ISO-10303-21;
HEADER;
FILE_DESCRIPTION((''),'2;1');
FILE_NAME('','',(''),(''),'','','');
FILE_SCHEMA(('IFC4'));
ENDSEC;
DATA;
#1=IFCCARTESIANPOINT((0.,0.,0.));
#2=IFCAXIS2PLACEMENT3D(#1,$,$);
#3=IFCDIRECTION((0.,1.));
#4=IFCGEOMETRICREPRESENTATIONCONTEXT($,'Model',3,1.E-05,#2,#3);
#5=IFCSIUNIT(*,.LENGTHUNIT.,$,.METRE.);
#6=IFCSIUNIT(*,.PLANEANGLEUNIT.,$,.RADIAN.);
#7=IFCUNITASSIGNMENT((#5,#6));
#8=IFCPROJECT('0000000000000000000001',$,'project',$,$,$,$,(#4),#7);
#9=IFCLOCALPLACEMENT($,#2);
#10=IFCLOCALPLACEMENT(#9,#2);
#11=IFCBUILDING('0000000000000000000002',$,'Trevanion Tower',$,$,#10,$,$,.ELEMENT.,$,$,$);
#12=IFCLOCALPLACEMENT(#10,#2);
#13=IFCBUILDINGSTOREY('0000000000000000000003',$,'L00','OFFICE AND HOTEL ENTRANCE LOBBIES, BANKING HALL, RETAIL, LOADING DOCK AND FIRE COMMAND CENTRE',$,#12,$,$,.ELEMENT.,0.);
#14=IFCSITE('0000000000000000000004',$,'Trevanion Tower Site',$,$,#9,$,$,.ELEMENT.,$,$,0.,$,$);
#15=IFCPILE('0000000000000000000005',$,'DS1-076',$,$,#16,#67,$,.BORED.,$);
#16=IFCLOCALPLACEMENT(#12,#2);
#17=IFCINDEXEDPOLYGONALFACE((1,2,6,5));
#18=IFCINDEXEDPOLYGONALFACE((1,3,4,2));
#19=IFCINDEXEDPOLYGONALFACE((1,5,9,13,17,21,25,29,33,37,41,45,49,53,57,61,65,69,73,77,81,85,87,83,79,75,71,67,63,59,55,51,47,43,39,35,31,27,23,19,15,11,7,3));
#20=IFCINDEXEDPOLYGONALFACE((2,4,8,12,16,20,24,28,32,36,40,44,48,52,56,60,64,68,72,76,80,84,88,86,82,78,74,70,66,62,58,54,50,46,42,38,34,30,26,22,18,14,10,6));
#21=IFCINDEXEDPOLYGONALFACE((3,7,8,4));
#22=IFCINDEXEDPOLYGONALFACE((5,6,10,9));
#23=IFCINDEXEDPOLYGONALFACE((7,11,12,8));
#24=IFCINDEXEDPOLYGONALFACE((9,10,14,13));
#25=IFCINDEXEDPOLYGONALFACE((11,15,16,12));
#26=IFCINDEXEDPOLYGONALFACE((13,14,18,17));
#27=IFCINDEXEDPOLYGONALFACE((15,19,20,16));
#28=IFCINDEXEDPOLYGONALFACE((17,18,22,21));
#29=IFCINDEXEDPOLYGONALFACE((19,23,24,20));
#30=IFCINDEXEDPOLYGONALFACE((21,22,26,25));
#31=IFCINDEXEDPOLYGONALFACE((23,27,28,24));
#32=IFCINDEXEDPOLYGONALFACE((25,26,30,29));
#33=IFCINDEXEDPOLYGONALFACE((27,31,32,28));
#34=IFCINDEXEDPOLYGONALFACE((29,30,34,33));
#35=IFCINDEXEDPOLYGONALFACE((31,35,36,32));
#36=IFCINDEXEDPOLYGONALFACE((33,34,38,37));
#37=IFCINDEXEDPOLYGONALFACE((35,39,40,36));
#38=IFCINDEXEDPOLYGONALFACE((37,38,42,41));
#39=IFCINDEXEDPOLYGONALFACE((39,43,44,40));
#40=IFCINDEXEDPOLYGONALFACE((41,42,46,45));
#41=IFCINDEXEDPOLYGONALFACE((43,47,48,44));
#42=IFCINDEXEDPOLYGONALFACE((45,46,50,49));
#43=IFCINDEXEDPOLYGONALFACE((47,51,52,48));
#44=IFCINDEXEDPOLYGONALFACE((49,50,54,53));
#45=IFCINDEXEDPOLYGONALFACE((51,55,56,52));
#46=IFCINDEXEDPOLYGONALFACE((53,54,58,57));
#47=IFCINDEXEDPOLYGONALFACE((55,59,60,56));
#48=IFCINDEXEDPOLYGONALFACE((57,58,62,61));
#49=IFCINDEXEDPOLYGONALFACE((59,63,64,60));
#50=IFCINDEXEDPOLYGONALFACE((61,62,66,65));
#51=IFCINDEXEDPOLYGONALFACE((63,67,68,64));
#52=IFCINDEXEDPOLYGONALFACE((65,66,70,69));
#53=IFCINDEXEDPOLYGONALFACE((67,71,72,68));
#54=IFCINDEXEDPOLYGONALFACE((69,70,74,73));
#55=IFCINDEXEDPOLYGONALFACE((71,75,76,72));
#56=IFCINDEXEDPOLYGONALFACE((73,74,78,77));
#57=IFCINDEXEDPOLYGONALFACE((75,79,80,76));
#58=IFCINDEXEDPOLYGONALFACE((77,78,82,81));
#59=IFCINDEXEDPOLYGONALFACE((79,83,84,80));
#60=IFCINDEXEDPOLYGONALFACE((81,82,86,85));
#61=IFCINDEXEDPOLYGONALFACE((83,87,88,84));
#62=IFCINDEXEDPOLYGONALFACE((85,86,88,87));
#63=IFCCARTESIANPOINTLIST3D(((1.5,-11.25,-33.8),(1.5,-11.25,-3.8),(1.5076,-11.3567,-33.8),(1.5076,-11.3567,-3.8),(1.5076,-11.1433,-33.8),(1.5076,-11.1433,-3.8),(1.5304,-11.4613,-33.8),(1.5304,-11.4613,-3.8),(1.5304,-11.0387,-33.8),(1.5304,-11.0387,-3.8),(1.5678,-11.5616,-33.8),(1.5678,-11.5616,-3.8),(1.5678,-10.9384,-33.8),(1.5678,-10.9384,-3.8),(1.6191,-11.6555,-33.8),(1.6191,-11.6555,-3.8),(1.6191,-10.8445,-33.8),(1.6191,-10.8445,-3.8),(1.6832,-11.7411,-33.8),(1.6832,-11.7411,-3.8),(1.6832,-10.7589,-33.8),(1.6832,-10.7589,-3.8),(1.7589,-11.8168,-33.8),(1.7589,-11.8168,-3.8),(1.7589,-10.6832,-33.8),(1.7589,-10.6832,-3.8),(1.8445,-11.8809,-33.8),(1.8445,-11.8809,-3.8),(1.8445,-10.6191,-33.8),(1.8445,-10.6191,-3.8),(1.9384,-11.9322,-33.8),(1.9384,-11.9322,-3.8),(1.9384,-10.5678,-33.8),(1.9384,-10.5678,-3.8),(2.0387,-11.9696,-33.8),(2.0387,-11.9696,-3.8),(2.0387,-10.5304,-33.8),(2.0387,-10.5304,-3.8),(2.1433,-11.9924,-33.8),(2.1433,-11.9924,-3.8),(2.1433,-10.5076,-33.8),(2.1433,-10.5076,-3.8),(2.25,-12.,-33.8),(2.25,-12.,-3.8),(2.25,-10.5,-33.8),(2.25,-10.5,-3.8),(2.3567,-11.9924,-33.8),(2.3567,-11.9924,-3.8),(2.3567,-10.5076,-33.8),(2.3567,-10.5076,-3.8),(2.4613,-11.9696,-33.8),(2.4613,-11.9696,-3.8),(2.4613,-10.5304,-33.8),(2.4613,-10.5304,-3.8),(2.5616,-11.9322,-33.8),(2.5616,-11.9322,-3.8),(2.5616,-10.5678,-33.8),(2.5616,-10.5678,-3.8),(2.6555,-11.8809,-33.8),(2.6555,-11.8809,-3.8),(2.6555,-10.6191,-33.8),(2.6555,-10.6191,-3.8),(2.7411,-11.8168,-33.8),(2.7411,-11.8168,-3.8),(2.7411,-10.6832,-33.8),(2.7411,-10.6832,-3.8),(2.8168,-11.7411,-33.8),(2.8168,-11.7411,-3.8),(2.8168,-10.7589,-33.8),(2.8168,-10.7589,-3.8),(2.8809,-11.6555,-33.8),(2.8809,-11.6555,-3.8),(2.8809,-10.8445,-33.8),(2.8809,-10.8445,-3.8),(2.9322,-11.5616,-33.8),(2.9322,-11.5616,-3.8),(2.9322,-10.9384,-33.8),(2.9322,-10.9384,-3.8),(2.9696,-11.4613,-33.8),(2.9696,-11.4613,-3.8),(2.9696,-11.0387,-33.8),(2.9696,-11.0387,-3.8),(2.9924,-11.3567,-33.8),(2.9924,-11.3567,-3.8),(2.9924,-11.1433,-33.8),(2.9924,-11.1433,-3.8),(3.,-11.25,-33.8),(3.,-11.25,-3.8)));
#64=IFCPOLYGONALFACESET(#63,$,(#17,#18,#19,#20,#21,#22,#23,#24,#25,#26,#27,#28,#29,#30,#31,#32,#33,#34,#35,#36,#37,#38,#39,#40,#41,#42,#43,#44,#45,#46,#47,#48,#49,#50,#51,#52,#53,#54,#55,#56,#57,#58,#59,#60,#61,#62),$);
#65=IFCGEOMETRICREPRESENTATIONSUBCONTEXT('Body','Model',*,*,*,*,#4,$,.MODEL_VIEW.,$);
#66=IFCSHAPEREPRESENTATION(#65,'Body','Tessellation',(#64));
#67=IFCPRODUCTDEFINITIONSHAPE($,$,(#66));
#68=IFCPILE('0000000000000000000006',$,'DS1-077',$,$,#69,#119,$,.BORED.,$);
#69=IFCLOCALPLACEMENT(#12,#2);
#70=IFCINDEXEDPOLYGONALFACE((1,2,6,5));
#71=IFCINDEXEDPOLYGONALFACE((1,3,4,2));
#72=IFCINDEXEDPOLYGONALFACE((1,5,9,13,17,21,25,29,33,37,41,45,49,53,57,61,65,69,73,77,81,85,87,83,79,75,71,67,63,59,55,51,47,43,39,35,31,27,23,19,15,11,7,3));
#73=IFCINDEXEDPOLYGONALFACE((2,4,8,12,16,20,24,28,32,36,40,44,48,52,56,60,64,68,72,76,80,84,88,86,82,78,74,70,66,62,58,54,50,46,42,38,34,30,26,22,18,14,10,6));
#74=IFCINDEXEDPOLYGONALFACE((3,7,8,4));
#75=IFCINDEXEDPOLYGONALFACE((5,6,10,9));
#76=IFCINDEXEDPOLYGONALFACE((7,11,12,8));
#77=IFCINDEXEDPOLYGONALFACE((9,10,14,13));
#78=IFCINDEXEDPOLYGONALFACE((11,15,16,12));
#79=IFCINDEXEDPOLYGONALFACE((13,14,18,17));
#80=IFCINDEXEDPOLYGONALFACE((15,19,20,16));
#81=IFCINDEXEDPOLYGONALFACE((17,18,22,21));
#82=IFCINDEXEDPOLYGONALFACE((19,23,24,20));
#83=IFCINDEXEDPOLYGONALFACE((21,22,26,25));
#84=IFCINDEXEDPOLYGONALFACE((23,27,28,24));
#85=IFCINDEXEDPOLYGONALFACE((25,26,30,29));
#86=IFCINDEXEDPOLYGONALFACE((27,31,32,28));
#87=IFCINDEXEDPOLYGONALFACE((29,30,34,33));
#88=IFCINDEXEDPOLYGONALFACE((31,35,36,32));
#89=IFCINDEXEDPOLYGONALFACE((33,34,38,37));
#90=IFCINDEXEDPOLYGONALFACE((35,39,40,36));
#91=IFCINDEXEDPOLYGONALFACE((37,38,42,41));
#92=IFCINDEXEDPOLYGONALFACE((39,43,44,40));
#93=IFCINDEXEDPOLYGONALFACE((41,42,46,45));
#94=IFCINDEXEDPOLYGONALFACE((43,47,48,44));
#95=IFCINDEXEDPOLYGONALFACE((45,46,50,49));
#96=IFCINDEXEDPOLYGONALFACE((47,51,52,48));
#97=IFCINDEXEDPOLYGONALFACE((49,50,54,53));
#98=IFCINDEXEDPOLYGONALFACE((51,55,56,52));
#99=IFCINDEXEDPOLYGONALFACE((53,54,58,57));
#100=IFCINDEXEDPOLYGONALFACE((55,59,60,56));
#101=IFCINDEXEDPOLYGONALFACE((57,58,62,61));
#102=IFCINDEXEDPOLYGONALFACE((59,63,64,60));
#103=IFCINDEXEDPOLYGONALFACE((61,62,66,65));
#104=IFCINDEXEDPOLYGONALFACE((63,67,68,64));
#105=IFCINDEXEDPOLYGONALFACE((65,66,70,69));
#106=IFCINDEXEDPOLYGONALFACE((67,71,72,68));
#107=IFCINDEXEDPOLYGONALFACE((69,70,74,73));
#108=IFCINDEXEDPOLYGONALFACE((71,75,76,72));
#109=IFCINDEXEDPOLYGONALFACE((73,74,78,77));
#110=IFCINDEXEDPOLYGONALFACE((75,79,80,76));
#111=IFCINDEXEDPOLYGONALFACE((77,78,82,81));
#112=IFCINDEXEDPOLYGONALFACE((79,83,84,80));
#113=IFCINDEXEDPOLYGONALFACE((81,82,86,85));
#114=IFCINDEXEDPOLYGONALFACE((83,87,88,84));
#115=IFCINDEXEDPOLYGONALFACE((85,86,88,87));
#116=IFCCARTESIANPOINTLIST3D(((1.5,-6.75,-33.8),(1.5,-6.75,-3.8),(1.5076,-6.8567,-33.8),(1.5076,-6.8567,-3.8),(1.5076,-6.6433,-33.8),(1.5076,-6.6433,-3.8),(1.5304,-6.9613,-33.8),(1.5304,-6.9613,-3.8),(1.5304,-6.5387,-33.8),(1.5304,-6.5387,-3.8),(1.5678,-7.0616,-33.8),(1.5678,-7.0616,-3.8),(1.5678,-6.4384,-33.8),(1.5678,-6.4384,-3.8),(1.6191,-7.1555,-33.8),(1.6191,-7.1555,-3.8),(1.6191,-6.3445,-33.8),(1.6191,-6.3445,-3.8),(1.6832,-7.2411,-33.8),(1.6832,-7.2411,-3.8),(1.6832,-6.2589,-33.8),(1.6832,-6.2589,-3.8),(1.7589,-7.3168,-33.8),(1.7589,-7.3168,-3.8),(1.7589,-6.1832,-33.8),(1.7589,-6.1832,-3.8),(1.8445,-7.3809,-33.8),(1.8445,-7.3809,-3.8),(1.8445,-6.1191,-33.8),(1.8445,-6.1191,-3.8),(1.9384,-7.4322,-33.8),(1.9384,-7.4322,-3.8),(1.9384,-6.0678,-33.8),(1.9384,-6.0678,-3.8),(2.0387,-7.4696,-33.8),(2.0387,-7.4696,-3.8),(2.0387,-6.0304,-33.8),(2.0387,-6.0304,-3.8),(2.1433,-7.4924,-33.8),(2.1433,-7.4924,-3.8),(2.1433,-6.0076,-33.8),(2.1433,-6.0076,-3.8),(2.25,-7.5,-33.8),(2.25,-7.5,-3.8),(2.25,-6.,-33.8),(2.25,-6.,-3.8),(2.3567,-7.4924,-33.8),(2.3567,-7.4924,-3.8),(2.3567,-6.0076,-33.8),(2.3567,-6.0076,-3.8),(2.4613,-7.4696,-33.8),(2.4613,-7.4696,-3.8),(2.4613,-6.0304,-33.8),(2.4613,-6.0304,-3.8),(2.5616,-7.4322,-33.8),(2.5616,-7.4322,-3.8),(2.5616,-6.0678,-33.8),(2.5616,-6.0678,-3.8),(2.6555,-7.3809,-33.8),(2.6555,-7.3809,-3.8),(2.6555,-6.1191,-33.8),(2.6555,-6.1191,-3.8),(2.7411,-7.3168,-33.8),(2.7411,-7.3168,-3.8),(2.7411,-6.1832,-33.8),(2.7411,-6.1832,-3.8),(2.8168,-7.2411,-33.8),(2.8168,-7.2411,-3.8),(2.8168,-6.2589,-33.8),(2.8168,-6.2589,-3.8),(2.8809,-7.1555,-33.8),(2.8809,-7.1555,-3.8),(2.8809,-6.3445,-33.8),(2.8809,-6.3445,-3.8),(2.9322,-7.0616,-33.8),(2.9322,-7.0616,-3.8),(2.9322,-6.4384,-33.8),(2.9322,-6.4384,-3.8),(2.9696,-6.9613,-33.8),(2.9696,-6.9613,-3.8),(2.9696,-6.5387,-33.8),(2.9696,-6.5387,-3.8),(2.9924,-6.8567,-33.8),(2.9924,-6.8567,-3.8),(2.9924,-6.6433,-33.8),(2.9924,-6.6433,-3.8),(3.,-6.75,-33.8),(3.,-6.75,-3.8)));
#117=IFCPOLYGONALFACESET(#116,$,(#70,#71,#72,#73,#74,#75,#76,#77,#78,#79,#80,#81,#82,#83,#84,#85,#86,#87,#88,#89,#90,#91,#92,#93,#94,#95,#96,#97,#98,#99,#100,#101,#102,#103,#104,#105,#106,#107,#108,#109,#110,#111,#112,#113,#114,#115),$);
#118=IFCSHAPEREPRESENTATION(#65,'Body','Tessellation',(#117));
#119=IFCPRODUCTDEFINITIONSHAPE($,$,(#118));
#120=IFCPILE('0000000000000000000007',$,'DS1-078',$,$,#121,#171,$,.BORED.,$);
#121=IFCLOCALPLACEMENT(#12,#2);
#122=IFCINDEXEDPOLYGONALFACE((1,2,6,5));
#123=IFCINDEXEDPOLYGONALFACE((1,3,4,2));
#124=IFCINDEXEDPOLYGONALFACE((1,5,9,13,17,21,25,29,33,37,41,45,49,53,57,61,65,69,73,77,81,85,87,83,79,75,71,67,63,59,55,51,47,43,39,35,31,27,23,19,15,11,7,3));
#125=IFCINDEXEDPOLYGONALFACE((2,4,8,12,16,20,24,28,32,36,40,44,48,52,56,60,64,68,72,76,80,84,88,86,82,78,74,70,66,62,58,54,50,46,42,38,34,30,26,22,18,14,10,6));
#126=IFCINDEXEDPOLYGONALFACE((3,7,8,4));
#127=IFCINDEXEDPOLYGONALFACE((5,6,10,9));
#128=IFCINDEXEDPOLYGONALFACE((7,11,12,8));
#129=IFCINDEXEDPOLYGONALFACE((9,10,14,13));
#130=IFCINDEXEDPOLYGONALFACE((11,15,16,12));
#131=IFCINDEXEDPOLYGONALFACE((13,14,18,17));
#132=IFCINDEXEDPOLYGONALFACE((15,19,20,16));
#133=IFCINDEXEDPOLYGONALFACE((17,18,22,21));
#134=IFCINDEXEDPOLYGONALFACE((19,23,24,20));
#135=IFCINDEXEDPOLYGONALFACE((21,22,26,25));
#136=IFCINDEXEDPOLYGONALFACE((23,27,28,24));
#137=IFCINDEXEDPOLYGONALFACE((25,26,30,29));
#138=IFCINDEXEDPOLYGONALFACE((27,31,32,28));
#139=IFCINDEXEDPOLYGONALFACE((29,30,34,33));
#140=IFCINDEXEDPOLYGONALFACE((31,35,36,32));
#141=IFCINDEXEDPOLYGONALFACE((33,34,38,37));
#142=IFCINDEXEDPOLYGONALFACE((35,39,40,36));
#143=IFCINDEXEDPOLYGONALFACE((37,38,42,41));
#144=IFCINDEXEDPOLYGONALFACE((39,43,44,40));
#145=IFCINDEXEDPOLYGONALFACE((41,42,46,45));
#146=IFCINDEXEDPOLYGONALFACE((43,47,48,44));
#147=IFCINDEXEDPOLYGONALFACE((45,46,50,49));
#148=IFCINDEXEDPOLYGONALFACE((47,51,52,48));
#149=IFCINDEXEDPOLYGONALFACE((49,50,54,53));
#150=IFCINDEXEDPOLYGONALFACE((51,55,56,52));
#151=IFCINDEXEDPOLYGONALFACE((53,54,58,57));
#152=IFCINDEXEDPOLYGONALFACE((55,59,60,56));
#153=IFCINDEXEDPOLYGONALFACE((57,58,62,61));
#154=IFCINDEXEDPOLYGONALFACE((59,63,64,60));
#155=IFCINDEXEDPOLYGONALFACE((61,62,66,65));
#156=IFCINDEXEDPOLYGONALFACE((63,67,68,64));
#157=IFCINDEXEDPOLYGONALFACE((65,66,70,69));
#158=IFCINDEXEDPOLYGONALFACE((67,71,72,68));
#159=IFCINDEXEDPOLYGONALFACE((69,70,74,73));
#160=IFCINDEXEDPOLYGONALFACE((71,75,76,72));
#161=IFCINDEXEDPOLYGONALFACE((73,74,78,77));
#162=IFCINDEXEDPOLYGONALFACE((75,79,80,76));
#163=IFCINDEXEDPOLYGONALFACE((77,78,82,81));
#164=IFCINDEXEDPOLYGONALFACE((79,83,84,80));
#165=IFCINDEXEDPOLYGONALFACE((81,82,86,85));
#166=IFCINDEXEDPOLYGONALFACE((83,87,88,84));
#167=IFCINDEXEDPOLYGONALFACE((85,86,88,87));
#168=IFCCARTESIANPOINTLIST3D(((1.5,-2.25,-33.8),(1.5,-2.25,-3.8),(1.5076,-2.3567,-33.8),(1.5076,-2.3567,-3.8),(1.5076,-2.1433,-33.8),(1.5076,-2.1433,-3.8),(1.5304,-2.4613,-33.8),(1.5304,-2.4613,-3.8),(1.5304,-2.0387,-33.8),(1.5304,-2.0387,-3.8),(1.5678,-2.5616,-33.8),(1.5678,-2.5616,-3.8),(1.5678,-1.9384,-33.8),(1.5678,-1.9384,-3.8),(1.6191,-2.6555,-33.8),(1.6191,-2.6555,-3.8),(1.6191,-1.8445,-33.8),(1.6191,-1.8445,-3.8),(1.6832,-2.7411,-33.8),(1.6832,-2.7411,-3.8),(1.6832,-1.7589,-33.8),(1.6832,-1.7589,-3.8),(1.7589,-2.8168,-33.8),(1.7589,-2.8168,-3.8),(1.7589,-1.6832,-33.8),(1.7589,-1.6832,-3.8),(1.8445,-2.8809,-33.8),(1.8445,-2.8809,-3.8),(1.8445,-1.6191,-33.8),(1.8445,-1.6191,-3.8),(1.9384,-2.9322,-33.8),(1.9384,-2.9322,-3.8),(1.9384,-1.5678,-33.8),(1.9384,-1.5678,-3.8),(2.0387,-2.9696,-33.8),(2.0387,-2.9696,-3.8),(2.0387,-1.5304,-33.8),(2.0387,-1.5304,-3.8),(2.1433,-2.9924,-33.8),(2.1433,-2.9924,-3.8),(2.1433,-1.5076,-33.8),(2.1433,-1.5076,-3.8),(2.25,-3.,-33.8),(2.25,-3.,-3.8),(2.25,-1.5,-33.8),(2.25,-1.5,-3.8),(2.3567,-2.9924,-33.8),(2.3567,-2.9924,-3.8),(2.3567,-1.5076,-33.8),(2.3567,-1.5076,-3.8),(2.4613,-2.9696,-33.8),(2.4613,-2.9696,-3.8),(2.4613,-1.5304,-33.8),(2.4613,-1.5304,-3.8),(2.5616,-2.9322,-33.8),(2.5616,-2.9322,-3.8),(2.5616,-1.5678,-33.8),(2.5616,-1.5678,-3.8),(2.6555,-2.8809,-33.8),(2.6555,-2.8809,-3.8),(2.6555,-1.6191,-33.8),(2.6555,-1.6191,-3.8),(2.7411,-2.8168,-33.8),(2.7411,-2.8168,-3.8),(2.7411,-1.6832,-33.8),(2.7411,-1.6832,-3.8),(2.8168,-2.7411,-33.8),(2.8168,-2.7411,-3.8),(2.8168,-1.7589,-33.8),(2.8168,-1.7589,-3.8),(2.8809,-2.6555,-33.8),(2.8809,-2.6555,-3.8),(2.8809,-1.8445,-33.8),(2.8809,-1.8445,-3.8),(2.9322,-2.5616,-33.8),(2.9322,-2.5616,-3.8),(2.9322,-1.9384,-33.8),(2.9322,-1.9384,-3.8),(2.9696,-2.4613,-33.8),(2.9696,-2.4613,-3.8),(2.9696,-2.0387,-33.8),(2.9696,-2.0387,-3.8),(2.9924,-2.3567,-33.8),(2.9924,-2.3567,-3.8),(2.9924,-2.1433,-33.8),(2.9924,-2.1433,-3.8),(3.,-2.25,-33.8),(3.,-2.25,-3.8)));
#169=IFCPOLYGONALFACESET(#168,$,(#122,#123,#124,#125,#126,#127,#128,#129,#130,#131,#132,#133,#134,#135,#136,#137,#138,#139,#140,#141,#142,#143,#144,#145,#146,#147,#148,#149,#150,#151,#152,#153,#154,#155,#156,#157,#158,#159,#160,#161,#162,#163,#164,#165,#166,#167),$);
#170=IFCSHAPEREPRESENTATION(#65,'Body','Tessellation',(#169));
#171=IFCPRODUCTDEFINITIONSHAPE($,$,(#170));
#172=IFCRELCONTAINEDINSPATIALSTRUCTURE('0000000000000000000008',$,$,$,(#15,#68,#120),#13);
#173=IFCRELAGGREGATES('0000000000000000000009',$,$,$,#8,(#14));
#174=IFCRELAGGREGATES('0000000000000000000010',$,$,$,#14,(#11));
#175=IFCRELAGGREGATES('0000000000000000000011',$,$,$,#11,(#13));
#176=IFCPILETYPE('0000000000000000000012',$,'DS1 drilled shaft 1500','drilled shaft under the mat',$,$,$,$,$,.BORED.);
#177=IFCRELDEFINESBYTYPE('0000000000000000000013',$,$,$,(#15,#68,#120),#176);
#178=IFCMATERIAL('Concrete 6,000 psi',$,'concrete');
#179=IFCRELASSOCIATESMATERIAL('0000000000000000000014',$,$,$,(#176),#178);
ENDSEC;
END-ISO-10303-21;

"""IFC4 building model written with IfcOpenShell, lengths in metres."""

from ifc_helpers import new_model, si_unit, direction, frame, origin, origin_2d, place, context, subcontext, project, spatial, circle, extrude, material, material_profile, profile_set, type_object, element, save


model = new_model("IFC4")

# Units and contexts
model_context = context("Model", 3, precision=1e-05, world=origin(), true_north=direction((0.0, 1.0)))
body_context = subcontext(model_context, "Body", "Model", "MODEL_VIEW")
ifc_project = project(units=[si_unit("LENGTHUNIT", "METRE"), si_unit("PLANEANGLEUNIT", "RADIAN")], contexts=[model_context])

# Site, building, storey
site_placement = place(None, origin())
site = spatial("IfcSite", under=ifc_project, at=site_placement, Name="Trevanion Tower Site", CompositionType="ELEMENT", RefElevation=0.0)
building_placement = place(site_placement, origin())
building = spatial("IfcBuilding", under=site, at=building_placement, Name="Trevanion Tower", CompositionType="ELEMENT")
storey_placement = place(building_placement, origin())
storey = spatial("IfcBuildingStorey", under=building, at=storey_placement, Name="L00", Description="OFFICE AND HOTEL ENTRANCE LOBBIES, BANKING HALL, RETAIL, LOADING DOCK AND FIRE COMMAND CENTRE", CompositionType="ELEMENT", Elevation=0.0)

# Piles
ifc_material_1 = material(Name="Concrete 6,000 psi", Category="concrete")
ifc_material_profile_1 = material_profile(ifc_material_1, circle(Radius=0.75, at=origin_2d()), Name="DS1 drilled shaft 1500")
ifc_profile_set_1 = profile_set([ifc_material_profile_1], Name="Concrete 6,000 psi")
pile_type = type_object("IfcPileType", Name="DS1 drilled shaft 1500", Description="drilled shaft under the mat", PredefinedType="BORED", material=ifc_profile_set_1)
for number, where, z_axis, x_axis, name in (
    (1, (2.25, -11.25, -3.8), (0.0, 0.0, -1.0), (1.0, 0.0, 0.0), "DS1-076"),
    (2, (2.25, -6.75, -3.8), (0.0, 0.0, -1.0), (1.0, 0.0, 0.0), "DS1-077"),
    (3, (2.25, -2.25, -3.8), (0.0, 0.0, -1.0), (1.0, 0.0, 0.0), "DS1-078"),
):
    element("IfcPile", number, at=place(storey_placement, frame(where, z_axis=z_axis, x_axis=x_axis)), inside=storey, type_object=pile_type, Name=name, PredefinedType="BORED", context=body_context, shape_type="SweptSolid", body=[
        extrude(circle(Radius=0.75, at=origin_2d()), origin(), (0.0, 0.0, 1.0), 30.0),
    ])

save(model, "model.ifc")
